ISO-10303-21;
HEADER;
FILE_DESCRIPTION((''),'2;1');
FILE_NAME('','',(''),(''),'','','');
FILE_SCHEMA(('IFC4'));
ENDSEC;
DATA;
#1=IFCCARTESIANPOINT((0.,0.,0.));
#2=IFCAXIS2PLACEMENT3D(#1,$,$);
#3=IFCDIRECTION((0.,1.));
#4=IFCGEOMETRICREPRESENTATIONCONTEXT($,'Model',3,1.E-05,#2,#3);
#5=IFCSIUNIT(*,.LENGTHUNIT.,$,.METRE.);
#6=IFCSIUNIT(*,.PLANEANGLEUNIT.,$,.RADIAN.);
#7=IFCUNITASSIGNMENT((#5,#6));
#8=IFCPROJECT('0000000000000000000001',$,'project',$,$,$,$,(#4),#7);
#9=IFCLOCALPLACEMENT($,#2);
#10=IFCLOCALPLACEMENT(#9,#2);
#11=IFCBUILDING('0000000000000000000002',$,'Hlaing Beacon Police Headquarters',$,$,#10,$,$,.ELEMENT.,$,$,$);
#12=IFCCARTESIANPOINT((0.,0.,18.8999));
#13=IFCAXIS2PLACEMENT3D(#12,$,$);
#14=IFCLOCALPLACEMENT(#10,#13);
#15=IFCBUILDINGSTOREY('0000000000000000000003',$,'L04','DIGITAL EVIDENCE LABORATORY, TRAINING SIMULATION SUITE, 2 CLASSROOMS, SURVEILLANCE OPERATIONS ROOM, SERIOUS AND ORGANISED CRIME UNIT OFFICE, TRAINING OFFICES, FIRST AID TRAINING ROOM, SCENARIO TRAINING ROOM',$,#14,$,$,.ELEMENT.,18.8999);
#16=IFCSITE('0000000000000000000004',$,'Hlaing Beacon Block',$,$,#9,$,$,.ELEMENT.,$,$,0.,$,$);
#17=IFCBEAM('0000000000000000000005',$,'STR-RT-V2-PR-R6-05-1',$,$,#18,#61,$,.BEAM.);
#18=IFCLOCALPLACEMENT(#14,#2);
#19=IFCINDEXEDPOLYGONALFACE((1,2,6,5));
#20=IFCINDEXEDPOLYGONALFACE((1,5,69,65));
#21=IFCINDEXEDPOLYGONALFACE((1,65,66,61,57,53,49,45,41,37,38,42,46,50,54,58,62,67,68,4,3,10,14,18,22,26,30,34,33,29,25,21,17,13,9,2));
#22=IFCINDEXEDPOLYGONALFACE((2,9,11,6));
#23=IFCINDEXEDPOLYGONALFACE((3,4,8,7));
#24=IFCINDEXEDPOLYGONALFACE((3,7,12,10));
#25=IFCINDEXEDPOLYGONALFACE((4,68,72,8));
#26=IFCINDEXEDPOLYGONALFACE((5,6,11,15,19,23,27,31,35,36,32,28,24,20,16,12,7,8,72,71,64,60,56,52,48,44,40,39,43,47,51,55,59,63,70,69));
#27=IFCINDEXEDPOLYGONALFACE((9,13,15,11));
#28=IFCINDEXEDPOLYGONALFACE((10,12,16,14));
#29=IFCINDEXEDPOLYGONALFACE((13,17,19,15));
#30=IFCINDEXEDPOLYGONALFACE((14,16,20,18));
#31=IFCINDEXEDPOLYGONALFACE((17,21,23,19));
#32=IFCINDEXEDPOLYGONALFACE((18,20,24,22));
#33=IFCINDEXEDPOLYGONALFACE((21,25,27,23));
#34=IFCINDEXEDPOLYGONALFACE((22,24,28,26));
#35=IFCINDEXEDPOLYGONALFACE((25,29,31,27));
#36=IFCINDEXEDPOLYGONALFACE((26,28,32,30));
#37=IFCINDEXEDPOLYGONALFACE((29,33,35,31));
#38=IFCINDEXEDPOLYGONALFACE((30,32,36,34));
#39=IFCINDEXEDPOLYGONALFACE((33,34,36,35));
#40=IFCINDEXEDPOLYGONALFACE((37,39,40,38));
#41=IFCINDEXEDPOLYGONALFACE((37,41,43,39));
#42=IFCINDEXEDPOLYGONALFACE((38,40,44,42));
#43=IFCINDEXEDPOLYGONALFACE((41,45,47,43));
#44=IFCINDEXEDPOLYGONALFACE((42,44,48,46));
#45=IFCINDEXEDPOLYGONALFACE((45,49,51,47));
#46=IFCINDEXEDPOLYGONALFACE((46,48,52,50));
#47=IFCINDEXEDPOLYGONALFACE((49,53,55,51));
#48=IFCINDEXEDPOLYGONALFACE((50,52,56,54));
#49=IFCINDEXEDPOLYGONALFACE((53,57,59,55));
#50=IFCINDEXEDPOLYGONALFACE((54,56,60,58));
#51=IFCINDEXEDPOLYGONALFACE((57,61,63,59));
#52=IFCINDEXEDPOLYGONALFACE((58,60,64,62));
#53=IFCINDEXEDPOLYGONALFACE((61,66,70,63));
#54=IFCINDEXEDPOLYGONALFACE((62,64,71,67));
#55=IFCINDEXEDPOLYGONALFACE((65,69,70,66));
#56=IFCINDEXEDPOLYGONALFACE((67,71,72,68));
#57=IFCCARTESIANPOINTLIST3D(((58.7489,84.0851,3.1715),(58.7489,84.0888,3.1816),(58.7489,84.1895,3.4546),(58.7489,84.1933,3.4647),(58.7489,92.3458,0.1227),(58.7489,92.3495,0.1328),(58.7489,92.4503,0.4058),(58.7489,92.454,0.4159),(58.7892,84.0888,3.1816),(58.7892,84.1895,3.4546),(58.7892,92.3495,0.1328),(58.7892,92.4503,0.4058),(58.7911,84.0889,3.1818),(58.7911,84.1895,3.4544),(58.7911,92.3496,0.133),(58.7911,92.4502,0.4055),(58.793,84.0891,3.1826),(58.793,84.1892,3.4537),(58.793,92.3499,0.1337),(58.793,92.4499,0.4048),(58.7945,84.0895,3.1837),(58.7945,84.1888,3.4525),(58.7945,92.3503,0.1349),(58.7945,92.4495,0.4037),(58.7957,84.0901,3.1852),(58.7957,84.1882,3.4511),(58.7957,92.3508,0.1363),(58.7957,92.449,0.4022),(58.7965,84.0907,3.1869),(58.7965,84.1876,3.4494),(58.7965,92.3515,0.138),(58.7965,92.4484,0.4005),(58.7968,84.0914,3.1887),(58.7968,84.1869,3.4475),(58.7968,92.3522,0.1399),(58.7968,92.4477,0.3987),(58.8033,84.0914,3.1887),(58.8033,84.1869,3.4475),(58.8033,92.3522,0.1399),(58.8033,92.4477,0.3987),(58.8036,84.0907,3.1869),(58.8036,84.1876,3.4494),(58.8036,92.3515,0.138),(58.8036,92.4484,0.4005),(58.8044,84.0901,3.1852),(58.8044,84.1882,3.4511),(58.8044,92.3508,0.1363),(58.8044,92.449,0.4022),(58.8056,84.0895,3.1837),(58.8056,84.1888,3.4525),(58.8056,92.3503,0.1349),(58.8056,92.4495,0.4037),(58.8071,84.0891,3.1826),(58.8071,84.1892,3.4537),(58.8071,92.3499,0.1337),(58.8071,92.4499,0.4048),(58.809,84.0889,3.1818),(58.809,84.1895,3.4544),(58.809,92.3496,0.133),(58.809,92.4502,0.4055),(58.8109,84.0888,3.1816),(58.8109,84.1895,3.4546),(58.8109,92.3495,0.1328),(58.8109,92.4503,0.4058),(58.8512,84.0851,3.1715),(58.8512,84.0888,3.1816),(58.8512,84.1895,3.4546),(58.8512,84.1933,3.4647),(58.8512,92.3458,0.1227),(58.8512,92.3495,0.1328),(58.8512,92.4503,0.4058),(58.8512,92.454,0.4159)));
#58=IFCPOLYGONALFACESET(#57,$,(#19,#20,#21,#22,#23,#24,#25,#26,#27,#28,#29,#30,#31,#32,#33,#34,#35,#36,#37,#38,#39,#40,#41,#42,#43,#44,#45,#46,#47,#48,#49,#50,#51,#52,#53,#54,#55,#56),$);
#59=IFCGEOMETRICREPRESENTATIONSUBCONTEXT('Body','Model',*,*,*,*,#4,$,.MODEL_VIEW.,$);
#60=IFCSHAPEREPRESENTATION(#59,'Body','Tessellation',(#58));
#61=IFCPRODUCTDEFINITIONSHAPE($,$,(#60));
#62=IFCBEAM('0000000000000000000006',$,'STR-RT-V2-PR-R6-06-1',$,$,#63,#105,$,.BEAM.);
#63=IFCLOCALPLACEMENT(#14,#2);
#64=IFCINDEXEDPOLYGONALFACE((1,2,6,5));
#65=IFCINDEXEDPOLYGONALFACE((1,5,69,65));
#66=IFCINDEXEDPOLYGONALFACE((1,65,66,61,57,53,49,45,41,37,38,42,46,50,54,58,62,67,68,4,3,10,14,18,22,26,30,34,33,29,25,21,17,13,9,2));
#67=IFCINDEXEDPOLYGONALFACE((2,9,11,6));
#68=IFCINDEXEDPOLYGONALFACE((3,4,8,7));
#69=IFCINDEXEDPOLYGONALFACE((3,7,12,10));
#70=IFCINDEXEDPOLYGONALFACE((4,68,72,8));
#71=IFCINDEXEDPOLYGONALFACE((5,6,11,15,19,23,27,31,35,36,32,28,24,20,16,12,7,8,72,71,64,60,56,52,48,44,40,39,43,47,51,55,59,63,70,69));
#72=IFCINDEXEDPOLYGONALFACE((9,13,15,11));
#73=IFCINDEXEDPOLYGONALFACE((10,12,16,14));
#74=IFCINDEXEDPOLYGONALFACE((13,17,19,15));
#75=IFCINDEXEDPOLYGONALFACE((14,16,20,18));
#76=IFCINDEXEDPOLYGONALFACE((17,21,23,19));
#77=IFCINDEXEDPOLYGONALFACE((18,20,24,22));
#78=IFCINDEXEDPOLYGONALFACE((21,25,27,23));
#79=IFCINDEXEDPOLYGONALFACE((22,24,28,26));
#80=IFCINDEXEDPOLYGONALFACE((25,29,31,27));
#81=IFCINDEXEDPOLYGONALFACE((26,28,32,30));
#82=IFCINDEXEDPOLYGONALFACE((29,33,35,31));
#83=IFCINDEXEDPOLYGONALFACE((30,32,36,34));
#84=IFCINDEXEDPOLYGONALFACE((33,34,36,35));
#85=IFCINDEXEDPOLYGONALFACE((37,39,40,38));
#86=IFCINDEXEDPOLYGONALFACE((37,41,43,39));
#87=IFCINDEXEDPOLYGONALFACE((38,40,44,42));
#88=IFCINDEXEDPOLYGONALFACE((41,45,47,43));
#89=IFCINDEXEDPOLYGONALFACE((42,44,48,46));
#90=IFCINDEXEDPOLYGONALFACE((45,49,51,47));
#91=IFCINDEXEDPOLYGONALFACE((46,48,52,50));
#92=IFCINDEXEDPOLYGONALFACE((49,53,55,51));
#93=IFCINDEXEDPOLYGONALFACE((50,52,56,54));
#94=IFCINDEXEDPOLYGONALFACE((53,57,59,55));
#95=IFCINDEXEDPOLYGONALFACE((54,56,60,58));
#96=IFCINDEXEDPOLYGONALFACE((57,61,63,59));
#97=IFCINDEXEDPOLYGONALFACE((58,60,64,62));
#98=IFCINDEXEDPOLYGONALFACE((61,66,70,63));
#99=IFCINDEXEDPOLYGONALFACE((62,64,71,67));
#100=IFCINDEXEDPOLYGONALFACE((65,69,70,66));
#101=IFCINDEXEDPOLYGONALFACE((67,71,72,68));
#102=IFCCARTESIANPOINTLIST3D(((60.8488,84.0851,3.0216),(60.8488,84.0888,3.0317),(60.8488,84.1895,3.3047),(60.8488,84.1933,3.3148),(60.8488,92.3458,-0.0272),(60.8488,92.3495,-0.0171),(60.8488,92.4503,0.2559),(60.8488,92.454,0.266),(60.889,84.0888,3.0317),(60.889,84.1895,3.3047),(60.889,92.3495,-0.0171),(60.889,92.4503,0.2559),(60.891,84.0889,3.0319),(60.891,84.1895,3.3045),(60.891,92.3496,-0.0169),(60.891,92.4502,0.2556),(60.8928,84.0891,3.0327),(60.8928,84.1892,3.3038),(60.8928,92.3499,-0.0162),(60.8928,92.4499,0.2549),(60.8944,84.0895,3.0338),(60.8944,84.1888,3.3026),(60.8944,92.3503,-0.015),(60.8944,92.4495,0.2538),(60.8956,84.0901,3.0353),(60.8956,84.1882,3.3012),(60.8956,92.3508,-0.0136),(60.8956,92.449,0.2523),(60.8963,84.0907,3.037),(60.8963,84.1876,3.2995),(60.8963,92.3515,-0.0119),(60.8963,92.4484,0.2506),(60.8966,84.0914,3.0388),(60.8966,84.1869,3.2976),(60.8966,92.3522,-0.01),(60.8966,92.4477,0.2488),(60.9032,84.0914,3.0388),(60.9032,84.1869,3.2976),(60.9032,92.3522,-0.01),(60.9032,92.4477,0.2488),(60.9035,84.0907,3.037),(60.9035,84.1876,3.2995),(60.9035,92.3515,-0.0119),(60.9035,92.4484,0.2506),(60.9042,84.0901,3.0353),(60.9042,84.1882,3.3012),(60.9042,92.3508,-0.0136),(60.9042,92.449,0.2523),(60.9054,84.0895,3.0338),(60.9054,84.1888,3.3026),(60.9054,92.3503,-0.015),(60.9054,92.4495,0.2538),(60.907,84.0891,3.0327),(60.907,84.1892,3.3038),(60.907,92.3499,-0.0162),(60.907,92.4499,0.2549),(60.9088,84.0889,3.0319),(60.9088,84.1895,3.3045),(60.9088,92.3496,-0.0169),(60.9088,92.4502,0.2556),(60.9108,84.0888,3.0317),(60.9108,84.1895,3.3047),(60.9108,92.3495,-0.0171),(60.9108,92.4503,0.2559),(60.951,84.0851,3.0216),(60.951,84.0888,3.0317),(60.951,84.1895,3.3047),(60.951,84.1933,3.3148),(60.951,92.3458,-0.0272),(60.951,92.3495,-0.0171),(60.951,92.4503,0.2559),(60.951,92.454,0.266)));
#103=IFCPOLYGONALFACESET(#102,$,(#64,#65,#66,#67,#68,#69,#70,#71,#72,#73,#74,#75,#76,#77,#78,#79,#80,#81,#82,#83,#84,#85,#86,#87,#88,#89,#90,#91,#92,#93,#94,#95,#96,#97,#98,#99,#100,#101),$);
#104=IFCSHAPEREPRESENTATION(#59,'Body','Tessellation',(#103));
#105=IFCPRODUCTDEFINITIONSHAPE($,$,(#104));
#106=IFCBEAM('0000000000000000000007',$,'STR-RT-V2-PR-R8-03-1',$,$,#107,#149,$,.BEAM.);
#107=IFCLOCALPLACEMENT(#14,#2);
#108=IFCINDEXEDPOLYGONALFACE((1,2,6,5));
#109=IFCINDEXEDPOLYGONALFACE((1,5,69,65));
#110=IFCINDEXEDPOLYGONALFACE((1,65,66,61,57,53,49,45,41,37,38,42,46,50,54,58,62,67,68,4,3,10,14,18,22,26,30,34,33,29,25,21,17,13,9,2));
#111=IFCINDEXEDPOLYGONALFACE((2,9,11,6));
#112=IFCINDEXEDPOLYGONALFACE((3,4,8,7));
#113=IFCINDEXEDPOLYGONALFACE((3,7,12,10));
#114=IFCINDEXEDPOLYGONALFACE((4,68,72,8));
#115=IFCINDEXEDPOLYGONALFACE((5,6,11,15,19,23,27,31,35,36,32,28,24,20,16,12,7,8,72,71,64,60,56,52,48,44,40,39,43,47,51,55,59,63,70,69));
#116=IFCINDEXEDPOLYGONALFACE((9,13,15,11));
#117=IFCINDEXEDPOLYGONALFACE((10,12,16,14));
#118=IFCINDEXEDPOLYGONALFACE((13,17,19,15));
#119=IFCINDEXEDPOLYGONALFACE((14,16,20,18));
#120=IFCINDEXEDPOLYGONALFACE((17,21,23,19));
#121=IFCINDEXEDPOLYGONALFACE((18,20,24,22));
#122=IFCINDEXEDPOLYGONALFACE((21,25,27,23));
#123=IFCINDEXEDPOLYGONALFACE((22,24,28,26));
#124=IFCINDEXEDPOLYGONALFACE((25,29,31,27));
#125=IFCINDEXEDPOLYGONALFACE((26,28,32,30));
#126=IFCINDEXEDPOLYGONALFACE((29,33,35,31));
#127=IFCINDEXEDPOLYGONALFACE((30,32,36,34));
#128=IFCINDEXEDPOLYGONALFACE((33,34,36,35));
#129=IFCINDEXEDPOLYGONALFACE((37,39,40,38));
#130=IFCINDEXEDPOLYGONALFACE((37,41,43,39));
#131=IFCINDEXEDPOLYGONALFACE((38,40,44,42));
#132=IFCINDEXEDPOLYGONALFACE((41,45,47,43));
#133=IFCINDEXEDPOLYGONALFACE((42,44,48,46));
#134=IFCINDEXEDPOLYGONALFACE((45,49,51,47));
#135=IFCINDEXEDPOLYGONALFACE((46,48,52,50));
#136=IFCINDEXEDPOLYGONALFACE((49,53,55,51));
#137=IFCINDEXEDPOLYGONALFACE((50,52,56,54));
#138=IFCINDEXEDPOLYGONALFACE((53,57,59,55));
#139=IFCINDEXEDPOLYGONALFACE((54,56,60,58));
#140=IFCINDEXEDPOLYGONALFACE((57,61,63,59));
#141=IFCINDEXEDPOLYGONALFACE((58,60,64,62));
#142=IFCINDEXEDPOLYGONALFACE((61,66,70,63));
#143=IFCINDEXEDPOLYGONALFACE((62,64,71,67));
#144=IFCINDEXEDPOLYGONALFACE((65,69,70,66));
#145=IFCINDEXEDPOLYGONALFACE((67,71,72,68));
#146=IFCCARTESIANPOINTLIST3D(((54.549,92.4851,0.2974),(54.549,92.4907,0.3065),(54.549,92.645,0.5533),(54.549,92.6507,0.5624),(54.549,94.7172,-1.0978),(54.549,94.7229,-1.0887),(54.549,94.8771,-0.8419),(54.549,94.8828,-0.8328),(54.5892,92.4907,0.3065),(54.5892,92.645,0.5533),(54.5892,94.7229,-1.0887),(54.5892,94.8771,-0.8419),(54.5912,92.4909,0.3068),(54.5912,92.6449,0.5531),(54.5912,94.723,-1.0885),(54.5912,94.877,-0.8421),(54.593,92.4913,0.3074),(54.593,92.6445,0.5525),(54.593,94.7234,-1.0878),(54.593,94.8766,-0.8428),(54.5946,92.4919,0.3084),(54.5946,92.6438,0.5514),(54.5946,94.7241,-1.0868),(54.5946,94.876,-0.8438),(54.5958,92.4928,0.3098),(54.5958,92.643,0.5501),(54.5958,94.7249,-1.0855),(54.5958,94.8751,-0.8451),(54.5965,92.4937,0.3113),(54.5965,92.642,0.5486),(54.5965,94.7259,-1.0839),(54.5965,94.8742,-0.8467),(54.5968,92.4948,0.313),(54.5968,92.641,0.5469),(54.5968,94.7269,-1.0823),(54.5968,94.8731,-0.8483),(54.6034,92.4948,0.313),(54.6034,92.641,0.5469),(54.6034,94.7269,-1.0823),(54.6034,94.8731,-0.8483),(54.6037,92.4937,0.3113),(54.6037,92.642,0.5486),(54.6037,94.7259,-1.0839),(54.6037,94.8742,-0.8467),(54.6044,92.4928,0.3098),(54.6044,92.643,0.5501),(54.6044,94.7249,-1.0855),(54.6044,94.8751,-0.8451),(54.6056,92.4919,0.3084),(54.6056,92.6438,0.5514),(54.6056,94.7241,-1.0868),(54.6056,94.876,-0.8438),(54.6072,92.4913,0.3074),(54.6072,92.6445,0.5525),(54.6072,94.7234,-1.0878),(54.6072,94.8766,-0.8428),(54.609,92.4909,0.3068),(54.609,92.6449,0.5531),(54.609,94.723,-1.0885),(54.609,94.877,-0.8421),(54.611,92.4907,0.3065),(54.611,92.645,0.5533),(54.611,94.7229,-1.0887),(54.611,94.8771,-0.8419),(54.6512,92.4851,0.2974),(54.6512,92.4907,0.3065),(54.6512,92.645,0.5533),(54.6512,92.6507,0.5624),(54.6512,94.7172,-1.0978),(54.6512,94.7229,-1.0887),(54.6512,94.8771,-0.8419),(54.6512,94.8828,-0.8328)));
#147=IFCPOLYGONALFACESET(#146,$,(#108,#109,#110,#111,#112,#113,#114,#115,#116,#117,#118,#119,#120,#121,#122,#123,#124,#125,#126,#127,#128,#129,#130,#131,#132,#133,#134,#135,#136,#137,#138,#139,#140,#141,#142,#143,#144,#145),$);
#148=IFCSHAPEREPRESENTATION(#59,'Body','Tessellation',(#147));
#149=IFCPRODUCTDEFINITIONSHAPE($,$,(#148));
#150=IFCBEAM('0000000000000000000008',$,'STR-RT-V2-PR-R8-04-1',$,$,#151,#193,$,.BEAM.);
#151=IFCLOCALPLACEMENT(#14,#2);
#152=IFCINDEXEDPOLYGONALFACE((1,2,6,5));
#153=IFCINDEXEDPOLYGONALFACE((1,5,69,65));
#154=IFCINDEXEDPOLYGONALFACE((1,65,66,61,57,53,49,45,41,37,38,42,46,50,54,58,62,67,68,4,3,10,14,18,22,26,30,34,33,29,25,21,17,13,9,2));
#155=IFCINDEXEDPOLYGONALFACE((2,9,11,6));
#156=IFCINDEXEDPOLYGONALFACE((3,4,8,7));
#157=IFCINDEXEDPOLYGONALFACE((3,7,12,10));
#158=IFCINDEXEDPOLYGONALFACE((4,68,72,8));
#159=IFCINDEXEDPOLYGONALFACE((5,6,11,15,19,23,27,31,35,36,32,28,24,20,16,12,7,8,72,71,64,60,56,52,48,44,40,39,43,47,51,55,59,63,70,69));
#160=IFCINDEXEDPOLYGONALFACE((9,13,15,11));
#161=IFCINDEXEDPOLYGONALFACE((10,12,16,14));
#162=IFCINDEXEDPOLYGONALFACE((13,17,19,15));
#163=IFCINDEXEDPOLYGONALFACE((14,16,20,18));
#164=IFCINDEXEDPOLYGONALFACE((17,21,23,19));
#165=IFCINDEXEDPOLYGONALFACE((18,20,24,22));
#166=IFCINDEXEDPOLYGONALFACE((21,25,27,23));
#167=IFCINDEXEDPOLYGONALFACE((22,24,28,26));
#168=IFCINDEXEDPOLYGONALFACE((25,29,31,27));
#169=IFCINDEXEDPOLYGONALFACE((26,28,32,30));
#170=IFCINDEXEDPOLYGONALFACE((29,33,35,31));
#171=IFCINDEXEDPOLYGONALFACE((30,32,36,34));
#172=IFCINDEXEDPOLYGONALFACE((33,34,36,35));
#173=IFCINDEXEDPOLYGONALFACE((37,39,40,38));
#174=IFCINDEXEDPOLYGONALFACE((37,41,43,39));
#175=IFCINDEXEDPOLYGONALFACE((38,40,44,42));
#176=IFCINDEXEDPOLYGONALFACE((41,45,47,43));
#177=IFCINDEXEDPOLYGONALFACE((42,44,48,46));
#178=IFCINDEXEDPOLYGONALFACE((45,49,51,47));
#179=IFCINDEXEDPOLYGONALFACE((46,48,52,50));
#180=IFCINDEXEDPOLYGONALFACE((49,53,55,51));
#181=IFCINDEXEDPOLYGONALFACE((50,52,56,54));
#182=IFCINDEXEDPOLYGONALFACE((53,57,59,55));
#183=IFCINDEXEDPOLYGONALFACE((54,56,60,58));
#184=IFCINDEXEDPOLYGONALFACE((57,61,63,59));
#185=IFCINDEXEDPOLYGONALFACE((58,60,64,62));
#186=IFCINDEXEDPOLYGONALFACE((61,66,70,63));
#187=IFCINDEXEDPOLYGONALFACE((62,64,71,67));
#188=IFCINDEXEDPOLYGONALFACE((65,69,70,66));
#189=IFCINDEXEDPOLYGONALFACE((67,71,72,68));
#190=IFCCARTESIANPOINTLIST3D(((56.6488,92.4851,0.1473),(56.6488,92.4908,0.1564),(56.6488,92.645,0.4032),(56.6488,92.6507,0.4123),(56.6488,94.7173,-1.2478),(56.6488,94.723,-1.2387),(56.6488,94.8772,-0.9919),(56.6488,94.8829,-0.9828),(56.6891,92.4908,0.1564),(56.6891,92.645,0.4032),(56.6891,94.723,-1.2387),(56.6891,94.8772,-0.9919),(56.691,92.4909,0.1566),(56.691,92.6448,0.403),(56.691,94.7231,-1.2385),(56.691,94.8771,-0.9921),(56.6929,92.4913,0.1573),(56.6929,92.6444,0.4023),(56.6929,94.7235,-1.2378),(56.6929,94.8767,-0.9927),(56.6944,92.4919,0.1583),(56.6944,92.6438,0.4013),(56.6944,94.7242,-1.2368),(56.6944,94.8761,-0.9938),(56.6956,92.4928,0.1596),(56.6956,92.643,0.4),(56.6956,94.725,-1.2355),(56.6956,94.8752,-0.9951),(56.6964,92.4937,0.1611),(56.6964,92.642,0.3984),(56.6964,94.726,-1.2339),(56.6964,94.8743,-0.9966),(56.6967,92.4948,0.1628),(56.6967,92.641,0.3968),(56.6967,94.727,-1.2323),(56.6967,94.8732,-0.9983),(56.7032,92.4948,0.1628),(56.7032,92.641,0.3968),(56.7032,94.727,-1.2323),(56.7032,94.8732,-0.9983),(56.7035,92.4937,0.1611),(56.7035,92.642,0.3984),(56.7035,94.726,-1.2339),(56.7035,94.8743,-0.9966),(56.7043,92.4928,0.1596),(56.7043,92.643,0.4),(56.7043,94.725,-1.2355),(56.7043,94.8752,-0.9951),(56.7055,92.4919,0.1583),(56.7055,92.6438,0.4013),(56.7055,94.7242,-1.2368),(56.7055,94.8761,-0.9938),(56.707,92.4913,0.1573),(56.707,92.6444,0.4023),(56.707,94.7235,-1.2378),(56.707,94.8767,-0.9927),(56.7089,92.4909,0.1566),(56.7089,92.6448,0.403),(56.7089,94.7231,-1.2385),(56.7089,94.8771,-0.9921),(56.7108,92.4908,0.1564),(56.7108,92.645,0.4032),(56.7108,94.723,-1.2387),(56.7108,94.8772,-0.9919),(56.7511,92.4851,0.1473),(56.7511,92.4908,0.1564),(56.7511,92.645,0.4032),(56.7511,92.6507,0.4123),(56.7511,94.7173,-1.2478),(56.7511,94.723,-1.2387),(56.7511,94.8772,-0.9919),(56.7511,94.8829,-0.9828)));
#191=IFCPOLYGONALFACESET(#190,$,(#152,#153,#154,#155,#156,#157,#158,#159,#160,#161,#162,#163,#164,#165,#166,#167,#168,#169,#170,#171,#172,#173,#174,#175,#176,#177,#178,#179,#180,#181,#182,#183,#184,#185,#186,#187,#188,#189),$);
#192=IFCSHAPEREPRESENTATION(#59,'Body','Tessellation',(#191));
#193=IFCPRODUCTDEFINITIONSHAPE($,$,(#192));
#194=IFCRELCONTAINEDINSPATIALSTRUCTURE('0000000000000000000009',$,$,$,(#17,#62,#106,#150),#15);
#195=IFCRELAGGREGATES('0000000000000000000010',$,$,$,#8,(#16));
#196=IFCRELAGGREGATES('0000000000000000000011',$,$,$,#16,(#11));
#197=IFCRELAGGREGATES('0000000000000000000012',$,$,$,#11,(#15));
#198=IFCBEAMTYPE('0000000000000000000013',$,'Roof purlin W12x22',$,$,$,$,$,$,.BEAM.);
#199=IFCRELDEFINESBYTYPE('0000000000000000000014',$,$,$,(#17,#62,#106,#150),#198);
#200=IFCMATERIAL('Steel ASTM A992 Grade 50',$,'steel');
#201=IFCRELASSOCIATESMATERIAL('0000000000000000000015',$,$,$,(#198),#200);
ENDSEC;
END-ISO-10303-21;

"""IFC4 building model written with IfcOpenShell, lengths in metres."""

from ifc_helpers import new_model, si_unit, direction, frame, origin, origin_2d, place, context, subcontext, project, spatial, i_section, extrude, material, material_profile, profile_set, type_object, element, save


model = new_model("IFC4")

# Units and contexts
model_context = context("Model", 3, precision=1e-05, world=origin(), true_north=direction((0.0, 1.0)))
body_context = subcontext(model_context, "Body", "Model", "MODEL_VIEW")
ifc_project = project(units=[si_unit("LENGTHUNIT", "METRE"), si_unit("PLANEANGLEUNIT", "RADIAN")], contexts=[model_context])

# Site, building, storey
site_placement = place(None, origin())
site = spatial("IfcSite", under=ifc_project, at=site_placement, Name="Hlaing Beacon Block", CompositionType="ELEMENT", RefElevation=0.0)
building_placement = place(site_placement, origin())
building = spatial("IfcBuilding", under=site, at=building_placement, Name="Hlaing Beacon Police Headquarters", CompositionType="ELEMENT")
storey_placement = place(building_placement, frame((0.0, 0.0, 18.8999)))
storey = spatial("IfcBuildingStorey", under=building, at=storey_placement, Name="L04", Description="DIGITAL EVIDENCE LABORATORY, TRAINING SIMULATION SUITE, 2 CLASSROOMS, SURVEILLANCE OPERATIONS ROOM, SERIOUS AND ORGANISED CRIME UNIT OFFICE, TRAINING OFFICES, FIRST AID TRAINING ROOM, SCENARIO TRAINING ROOM", CompositionType="ELEMENT", Elevation=18.8999)

# Beams
ifc_material_1 = material(Name="Steel ASTM A992 Grade 50", Category="steel")
ifc_material_profile_1 = material_profile(ifc_material_1, i_section(OverallWidth=0.1023, OverallDepth=0.3125, WebThickness=0.0066, FlangeThickness=0.0107, FilletRadius=0.0076, at=origin_2d()), Name="W12x22")
ifc_profile_set_1 = profile_set([ifc_material_profile_1], Name="Steel ASTM A992 Grade 50")
beam_type_1 = type_object("IfcBeamType", Name="Roof purlin W12x22", PredefinedType="BEAM", material=ifc_profile_set_1)
for number, where, z_axis, x_axis, name in (
    (1, (58.8, 84.1392, 3.3181), (0.0, 0.938144, -0.346245), (-1.0, 0.0, 0.0), "STR-RT-V2-PR-R6-05-1"),
    (2, (60.8999, 84.1392, 3.1682), (0.0, 0.938144, -0.346245), (-1.0, 0.0, 0.0), "STR-RT-V2-PR-R6-06-1"),
):
    element("IfcBeam", number, at=place(storey_placement, frame(where, z_axis=z_axis, x_axis=x_axis)), inside=storey, type_object=beam_type_1, Name=name, PredefinedType="BEAM", context=body_context, shape_type="SweptSolid", body=[
        extrude(i_section(OverallWidth=0.1023, OverallDepth=0.3125, WebThickness=0.0066, FlangeThickness=0.0107, FilletRadius=0.0076, at=origin_2d()), origin(), (0.0, 0.0, 1.0), 8.8054),
    ])
for number, where, z_axis, x_axis, name in (
    (3, (54.6001, 92.5679, 0.4299), (0.0, 0.847972, -0.530041), (-1.0, 0.0, 0.0), "STR-RT-V2-PR-R8-03-1"),
    (4, (56.7, 92.5679, 0.2798), (0.0, 0.848014, -0.529974), (-1.0, 0.0, 0.0), "STR-RT-V2-PR-R8-04-1"),
):
    element("IfcBeam", number, at=place(storey_placement, frame(where, z_axis=z_axis, x_axis=x_axis)), inside=storey, type_object=beam_type_1, Name=name, PredefinedType="BEAM", context=body_context, shape_type="SweptSolid", body=[
        extrude(i_section(OverallWidth=0.1023, OverallDepth=0.3125, WebThickness=0.0066, FlangeThickness=0.0107, FilletRadius=0.0076, at=origin_2d()), origin(), (0.0, 0.0, 1.0), 2.6323),
    ])

save(model, "model.ifc")
